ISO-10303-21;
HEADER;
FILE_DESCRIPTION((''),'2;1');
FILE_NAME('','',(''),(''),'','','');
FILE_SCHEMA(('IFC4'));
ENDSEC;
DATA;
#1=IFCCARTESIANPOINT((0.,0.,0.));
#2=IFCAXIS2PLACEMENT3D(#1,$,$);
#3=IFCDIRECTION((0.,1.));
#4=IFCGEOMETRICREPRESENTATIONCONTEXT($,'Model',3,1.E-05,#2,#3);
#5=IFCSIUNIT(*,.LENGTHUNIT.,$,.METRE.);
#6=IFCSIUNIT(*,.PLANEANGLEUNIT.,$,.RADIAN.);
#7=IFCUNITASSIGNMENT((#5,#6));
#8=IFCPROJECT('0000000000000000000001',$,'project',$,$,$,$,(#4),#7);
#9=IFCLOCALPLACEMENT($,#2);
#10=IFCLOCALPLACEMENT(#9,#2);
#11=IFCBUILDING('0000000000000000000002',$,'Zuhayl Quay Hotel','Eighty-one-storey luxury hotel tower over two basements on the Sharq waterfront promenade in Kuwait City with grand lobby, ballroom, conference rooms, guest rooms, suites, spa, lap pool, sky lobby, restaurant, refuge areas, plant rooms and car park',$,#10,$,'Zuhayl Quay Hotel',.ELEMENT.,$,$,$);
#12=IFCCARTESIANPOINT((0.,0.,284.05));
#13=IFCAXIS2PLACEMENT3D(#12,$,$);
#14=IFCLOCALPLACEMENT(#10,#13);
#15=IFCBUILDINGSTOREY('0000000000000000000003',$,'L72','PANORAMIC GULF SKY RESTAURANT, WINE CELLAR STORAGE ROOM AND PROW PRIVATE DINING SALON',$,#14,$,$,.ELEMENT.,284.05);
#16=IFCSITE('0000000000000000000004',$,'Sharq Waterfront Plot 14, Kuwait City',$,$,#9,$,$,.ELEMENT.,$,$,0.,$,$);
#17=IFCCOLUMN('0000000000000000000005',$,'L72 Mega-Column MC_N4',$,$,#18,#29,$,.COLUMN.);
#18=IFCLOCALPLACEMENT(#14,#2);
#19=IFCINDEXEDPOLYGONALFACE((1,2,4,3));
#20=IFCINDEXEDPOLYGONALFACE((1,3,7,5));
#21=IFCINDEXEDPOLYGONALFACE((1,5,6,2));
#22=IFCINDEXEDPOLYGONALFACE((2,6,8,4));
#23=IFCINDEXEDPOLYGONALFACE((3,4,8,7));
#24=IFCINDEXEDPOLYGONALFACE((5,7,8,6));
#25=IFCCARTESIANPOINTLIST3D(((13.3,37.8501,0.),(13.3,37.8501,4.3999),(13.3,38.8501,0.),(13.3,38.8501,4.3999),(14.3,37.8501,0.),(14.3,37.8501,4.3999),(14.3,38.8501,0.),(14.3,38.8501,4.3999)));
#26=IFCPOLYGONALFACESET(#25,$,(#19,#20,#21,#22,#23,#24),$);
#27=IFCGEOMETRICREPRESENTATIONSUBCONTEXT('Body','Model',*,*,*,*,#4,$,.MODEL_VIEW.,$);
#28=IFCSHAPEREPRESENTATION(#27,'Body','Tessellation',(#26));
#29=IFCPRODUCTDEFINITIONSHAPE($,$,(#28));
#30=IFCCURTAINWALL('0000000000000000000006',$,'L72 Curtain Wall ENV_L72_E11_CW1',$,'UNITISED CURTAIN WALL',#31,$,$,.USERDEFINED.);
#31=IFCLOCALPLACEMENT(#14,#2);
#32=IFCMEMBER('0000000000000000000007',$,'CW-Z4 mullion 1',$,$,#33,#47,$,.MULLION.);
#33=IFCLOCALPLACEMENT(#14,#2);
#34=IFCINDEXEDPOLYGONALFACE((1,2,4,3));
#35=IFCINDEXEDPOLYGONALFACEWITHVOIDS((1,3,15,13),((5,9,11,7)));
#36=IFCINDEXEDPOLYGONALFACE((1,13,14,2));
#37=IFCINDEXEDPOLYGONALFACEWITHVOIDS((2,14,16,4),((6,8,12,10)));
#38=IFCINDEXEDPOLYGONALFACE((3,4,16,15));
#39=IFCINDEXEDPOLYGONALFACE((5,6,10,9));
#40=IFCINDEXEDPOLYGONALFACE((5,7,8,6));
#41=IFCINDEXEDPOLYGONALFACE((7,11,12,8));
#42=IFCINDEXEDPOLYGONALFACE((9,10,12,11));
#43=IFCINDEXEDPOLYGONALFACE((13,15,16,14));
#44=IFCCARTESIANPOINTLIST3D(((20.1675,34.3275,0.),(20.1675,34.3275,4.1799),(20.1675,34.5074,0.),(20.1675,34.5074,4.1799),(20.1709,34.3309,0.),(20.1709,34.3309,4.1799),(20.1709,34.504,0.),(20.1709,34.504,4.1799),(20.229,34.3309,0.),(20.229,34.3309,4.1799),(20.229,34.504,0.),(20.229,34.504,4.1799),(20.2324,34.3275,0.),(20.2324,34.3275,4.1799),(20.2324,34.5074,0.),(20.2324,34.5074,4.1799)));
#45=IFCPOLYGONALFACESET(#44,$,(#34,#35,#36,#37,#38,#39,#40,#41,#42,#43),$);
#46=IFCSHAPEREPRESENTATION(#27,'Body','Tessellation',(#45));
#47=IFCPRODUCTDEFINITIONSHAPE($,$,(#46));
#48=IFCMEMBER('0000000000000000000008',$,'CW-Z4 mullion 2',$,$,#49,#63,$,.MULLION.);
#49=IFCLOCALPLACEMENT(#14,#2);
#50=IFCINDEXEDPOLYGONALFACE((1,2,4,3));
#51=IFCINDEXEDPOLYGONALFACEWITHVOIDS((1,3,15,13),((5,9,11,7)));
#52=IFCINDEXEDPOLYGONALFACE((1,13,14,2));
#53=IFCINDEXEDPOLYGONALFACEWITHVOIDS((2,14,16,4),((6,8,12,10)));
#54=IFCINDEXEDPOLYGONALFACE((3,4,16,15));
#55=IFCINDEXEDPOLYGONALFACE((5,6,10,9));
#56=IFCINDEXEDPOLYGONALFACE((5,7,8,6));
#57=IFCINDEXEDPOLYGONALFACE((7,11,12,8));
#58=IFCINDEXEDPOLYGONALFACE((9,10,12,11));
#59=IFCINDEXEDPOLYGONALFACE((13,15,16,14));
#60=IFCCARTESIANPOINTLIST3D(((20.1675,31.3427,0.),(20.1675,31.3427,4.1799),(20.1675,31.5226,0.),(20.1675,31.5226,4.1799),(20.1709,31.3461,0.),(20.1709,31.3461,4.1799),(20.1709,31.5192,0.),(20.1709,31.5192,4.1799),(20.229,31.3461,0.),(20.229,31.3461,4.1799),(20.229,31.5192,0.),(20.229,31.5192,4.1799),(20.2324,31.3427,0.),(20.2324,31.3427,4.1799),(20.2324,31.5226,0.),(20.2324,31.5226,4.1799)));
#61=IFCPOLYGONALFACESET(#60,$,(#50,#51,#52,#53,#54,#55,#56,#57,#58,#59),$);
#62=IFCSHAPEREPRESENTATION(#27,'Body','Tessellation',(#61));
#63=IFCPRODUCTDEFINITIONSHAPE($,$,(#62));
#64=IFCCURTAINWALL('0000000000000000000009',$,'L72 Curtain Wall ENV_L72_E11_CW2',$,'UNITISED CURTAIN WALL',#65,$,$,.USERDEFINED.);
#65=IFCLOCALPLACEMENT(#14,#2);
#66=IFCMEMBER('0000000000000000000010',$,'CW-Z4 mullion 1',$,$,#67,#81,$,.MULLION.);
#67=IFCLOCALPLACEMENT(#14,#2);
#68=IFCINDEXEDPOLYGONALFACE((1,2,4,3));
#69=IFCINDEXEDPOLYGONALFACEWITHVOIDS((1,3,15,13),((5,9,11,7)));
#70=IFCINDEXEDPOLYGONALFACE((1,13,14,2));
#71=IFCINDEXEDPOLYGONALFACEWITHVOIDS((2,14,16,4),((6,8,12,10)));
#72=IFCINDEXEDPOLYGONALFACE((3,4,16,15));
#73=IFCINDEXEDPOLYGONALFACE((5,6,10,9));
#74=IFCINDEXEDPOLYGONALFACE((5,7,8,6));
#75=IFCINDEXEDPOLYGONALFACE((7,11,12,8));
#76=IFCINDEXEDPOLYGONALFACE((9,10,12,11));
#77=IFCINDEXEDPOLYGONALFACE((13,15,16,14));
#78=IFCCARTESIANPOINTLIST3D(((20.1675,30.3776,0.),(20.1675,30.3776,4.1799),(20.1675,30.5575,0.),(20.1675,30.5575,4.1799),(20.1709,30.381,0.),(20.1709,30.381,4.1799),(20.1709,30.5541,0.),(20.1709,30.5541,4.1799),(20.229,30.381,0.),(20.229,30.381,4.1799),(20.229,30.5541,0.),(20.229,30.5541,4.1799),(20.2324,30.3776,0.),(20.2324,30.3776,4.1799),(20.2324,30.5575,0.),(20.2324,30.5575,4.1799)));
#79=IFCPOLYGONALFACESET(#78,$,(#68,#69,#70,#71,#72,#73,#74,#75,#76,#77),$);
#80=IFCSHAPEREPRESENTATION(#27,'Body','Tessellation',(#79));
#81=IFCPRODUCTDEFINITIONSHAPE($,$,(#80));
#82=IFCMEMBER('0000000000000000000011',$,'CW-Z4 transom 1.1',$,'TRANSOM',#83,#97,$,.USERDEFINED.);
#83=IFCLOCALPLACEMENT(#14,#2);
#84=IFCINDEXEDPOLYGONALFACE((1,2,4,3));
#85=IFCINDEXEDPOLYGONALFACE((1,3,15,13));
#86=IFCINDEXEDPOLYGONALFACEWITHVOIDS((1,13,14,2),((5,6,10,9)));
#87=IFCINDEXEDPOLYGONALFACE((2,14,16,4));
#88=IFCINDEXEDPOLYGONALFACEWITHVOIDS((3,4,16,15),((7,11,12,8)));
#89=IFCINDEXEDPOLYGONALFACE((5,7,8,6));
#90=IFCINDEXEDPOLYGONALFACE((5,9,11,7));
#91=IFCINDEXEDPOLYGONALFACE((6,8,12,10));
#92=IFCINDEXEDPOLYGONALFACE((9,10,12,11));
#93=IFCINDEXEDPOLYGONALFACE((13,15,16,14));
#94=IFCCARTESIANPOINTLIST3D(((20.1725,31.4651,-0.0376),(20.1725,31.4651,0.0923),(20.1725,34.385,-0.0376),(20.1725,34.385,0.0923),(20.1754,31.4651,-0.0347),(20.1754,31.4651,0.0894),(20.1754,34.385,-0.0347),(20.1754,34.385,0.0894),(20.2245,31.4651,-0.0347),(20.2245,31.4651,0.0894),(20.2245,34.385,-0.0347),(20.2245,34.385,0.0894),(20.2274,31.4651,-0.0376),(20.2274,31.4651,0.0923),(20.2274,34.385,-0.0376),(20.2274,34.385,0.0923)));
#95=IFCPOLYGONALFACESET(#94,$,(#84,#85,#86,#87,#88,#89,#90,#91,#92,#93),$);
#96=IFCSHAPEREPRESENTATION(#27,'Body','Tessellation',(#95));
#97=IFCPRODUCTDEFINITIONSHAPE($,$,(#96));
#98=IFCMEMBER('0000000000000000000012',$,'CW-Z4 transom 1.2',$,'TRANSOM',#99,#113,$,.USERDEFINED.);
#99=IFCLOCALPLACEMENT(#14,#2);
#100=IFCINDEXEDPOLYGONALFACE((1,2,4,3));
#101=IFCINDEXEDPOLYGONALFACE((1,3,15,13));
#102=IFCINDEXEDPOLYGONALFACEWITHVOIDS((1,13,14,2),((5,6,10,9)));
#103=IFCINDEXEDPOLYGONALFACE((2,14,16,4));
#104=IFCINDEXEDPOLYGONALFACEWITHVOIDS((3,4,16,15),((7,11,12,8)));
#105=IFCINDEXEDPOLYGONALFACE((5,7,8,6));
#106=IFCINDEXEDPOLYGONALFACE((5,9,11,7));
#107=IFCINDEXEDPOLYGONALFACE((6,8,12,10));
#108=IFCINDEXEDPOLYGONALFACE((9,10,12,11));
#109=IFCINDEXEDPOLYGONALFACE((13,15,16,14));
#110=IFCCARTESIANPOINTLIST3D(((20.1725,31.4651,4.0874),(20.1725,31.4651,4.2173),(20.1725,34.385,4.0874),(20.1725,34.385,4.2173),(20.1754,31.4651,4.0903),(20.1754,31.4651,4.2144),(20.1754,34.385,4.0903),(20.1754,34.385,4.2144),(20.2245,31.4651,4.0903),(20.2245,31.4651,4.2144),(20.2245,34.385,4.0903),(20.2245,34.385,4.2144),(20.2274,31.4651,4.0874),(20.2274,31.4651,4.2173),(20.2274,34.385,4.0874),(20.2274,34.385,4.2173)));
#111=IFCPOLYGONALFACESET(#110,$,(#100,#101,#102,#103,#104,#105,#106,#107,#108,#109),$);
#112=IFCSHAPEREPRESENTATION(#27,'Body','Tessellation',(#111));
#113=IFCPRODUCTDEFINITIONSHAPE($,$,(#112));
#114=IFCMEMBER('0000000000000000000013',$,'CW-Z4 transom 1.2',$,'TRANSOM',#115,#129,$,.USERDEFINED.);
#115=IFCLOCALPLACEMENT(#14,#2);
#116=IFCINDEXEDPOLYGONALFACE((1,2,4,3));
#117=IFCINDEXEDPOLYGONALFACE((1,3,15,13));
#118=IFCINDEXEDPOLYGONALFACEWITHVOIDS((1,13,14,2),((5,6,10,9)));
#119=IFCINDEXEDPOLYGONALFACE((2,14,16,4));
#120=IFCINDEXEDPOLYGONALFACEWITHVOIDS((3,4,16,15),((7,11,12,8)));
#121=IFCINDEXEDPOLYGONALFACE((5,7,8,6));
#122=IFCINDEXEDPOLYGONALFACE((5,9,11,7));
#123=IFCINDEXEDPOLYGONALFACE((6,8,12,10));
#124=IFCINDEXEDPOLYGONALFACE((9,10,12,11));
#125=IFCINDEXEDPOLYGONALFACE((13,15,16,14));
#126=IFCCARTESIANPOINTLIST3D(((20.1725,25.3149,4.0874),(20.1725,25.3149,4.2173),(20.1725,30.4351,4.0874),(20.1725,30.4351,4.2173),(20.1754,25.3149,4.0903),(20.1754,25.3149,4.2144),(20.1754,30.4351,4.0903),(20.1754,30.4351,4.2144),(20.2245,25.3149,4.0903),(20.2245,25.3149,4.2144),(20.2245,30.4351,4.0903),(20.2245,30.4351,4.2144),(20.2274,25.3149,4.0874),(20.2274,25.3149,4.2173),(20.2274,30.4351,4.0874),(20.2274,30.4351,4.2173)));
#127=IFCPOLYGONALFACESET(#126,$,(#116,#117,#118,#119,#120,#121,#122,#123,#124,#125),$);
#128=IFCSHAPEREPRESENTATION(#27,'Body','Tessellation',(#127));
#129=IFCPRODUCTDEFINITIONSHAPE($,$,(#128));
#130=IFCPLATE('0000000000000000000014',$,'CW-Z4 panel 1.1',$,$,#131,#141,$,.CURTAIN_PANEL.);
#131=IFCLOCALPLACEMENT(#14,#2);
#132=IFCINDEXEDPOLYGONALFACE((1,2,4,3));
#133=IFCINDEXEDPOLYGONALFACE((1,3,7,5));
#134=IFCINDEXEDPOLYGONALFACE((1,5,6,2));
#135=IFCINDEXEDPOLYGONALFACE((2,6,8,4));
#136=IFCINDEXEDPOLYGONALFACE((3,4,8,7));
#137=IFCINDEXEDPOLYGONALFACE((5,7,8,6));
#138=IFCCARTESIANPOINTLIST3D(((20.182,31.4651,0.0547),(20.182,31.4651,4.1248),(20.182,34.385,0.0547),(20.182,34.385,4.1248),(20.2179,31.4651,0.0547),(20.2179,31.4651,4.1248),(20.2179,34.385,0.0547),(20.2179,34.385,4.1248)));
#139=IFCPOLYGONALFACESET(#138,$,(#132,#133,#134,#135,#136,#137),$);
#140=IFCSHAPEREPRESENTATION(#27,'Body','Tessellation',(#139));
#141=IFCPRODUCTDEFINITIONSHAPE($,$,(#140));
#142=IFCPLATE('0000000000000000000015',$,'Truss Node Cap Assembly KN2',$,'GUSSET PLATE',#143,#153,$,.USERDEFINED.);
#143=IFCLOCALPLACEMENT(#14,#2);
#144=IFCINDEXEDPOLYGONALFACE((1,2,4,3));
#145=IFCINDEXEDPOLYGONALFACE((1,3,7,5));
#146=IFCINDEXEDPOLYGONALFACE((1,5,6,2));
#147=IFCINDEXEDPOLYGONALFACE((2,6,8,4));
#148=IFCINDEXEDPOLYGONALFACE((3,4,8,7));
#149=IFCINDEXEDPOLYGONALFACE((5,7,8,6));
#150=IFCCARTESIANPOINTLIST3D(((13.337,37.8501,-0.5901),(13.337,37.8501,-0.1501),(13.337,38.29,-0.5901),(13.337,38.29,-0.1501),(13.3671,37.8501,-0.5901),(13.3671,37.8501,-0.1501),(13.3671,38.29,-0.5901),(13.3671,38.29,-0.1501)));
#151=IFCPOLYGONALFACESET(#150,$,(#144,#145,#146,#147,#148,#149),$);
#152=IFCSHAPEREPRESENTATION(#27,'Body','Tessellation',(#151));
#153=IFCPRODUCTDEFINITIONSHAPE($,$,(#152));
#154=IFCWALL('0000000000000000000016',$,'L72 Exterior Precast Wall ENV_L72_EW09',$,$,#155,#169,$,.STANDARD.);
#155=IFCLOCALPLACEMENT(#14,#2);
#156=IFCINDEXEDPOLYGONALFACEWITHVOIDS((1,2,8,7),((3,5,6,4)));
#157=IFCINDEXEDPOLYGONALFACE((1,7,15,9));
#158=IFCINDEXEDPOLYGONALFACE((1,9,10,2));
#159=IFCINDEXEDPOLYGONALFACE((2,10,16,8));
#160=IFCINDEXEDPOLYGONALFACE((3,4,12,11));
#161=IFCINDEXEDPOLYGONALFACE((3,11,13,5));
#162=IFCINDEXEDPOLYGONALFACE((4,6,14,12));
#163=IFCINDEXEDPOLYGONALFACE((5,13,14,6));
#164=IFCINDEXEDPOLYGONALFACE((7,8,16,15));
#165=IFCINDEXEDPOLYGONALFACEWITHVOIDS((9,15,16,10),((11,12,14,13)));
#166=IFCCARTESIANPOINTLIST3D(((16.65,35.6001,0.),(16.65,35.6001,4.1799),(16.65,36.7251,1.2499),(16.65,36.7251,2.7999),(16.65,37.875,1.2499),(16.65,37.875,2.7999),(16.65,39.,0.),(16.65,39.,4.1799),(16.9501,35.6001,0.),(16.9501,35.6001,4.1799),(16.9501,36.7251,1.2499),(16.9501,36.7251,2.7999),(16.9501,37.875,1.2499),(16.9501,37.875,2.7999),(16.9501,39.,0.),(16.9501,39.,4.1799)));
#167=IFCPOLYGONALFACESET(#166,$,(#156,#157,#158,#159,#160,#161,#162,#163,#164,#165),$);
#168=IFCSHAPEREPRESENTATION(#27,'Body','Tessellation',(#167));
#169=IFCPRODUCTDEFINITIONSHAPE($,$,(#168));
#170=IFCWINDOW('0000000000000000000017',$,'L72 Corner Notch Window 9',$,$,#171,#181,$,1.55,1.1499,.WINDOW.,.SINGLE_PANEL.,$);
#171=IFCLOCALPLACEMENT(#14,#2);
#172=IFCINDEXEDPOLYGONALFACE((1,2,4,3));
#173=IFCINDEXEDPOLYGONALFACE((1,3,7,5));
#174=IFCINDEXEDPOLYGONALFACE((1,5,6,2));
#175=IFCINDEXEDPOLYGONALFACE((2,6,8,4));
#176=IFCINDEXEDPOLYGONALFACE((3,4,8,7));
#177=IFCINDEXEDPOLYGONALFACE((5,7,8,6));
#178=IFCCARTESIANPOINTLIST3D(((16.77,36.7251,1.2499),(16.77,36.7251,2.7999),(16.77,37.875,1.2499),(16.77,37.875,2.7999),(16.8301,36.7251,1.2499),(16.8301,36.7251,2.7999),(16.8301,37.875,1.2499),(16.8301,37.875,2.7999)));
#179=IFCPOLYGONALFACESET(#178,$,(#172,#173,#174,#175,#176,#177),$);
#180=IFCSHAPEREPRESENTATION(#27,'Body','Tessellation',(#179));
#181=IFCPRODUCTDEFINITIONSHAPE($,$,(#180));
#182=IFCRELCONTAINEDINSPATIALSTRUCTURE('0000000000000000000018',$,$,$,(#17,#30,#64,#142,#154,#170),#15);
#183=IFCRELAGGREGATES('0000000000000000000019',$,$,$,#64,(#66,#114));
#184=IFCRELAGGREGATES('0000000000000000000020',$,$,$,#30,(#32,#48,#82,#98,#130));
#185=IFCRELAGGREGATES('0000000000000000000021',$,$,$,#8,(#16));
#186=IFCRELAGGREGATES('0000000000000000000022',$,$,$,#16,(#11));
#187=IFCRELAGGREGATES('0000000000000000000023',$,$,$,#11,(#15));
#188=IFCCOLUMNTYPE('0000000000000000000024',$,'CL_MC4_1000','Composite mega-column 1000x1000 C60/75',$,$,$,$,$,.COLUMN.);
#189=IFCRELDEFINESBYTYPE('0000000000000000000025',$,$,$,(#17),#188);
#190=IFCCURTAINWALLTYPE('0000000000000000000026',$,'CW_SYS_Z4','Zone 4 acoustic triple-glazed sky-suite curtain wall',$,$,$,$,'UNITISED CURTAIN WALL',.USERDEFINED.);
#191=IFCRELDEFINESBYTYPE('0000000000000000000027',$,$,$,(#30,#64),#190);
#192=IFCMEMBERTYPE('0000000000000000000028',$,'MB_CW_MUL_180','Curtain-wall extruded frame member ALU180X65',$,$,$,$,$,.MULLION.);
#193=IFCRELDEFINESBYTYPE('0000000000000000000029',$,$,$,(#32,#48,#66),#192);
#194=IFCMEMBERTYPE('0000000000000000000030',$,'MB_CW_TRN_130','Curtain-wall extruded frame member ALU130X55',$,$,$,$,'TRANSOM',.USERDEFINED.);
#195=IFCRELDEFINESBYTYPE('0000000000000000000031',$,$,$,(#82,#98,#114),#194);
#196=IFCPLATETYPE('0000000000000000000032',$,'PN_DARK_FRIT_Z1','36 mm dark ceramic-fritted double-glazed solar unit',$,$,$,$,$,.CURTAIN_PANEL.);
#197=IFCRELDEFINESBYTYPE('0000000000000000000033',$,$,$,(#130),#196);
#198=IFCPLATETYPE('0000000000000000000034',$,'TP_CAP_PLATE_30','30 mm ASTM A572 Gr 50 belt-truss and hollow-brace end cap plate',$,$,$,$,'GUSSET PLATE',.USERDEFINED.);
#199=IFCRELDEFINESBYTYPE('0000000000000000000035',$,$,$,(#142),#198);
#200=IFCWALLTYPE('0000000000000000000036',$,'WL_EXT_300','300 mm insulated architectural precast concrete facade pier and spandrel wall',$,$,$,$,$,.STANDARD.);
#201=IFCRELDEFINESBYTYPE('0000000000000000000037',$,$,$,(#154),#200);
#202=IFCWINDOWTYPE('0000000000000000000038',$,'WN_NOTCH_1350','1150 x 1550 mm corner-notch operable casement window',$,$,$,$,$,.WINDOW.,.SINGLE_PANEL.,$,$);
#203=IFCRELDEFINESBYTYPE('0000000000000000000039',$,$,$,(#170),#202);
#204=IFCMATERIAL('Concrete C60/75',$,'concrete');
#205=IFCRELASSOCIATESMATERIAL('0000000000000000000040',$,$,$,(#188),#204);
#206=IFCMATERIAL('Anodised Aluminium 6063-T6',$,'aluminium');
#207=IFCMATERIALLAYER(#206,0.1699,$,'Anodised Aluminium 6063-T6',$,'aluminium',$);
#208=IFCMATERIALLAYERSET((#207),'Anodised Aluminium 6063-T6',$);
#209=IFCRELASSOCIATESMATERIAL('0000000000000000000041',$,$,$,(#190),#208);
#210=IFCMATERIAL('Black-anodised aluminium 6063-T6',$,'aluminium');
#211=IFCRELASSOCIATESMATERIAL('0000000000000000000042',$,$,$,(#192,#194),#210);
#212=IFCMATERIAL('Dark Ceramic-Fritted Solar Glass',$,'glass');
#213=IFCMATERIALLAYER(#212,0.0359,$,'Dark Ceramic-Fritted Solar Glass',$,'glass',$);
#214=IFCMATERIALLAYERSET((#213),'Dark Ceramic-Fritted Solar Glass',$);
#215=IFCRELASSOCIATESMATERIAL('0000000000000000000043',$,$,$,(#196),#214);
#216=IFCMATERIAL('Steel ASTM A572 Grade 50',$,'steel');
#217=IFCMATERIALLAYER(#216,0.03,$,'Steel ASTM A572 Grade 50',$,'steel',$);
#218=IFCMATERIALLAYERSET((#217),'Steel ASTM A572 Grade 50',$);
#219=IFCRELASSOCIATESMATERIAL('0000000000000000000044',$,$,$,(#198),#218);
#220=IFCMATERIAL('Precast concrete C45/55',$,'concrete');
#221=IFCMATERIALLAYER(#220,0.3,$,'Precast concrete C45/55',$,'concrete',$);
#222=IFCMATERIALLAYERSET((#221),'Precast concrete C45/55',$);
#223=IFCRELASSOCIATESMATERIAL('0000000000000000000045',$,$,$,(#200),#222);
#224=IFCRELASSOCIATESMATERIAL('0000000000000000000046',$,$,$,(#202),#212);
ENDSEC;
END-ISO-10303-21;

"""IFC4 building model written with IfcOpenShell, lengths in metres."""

from ifc_helpers import new_model, si_unit, direction, frame, frame_2d, origin, origin_2d, place, context, subcontext, project, spatial, rectangle, hollow_rectangle, extrude, material, layer, layer_set, material_profile, profile_set, type_object, element, fill, aggregate, save


model = new_model("IFC4")

# Units and contexts
model_context = context("Model", 3, precision=1e-05, world=origin(), true_north=direction((0.0, 1.0)))
body_context = subcontext(model_context, "Body", "Model", "MODEL_VIEW")
ifc_project = project(units=[si_unit("LENGTHUNIT", "METRE"), si_unit("PLANEANGLEUNIT", "RADIAN")], contexts=[model_context])

# Site, building, storey
site_placement = place(None, origin())
site = spatial("IfcSite", under=ifc_project, at=site_placement, Name="Sharq Waterfront Plot 14, Kuwait City", CompositionType="ELEMENT", RefElevation=0.0)
building_placement = place(site_placement, origin())
building = spatial("IfcBuilding", under=site, at=building_placement, Name="Zuhayl Quay Hotel", Description="Eighty-one-storey luxury hotel tower over two basements on the Sharq waterfront promenade in Kuwait City with grand lobby, ballroom, conference rooms, guest rooms, suites, spa, lap pool, sky lobby, restaurant, refuge areas, plant rooms and car park", LongName="Zuhayl Quay Hotel", CompositionType="ELEMENT")
storey_placement = place(building_placement, frame((0.0, 0.0, 284.05)))
storey = spatial("IfcBuildingStorey", under=building, at=storey_placement, Name="L72", Description="PANORAMIC GULF SKY RESTAURANT, WINE CELLAR STORAGE ROOM AND PROW PRIVATE DINING SALON", CompositionType="ELEMENT", Elevation=284.05)

# Column
ifc_material_1 = material(Name="Concrete C60/75", Category="concrete")
ifc_material_profile_1 = material_profile(ifc_material_1, rectangle(XDim=1.0, YDim=1.0, at=origin_2d()), Name="RC1000X1000")
ifc_profile_set_1 = profile_set([ifc_material_profile_1], Name="Concrete C60/75")
column_type = type_object("IfcColumnType", Name="CL_MC4_1000", Description="Composite mega-column 1000x1000 C60/75", PredefinedType="COLUMN", material=ifc_profile_set_1)
column_placement = place(storey_placement, frame((13.8, 38.3501, 0.0), z_axis=(0.0, 0.0, 1.0), x_axis=(1.0, 0.0, 0.0)))
element("IfcColumn", 1, at=column_placement, inside=storey, type_object=column_type, Name="L72 Mega-Column MC_N4", PredefinedType="COLUMN", context=body_context, shape_type="SweptSolid", body=[
    extrude(rectangle(XDim=1.0, YDim=1.0, at=origin_2d()), origin(), (0.0, 0.0, 1.0), 4.3999),
])

# Curtain wall, members
ifc_material_2 = material(Name="Anodised Aluminium 6063-T6", Category="aluminium")
ifc_layer_1 = layer(ifc_material_2, 0.1699, Name="Anodised Aluminium 6063-T6", Category="aluminium")
ifc_layer_set_1 = layer_set([ifc_layer_1], Name="Anodised Aluminium 6063-T6")
curtain_wall_type = type_object("IfcCurtainWallType", Name="CW_SYS_Z4", Description="Zone 4 acoustic triple-glazed sky-suite curtain wall", ElementType="UNITISED CURTAIN WALL", PredefinedType="USERDEFINED", material=ifc_layer_set_1)
curtain_wall_1_placement = place(storey_placement, origin())
curtain_wall_1 = element("IfcCurtainWall", 2, at=curtain_wall_1_placement, inside=storey, type_object=curtain_wall_type, Name="L72 Curtain Wall ENV_L72_E11_CW1", ObjectType="UNITISED CURTAIN WALL", PredefinedType="USERDEFINED")
ifc_material_3 = material(Name="Black-anodised aluminium 6063-T6", Category="aluminium")
ifc_material_profile_2 = material_profile(ifc_material_3, hollow_rectangle(XDim=0.0649, YDim=0.1799, WallThickness=0.0034, at=origin_2d()), Name="ALU180X65")
ifc_profile_set_2 = profile_set([ifc_material_profile_2], Name="Black-anodised aluminium 6063-T6")
member_type_1 = type_object("IfcMemberType", Name="MB_CW_MUL_180", Description="Curtain-wall extruded frame member ALU180X65", PredefinedType="MULLION", material=ifc_profile_set_2)
member_1_placement = place(storey_placement, frame((20.2, 34.4175, 0.0), z_axis=(0.0, 0.0, 1.0), x_axis=(1.0, 0.0, 0.0)))
member_1 = element("IfcMember", 3, at=member_1_placement, type_object=member_type_1, Name="CW-Z4 mullion 1", PredefinedType="MULLION", context=body_context, shape_type="SweptSolid", body=[
    extrude(hollow_rectangle(XDim=0.0649, YDim=0.1799, WallThickness=0.0034, at=origin_2d()), origin(), (0.0, 0.0, 1.0), 4.1799),
])
member_2_placement = place(storey_placement, frame((20.2, 31.4326, 0.0), z_axis=(0.0, 0.0, 1.0), x_axis=(1.0, 0.0, 0.0)))
member_2 = element("IfcMember", 4, at=member_2_placement, type_object=member_type_1, Name="CW-Z4 mullion 2", PredefinedType="MULLION", context=body_context, shape_type="SweptSolid", body=[
    extrude(hollow_rectangle(XDim=0.0649, YDim=0.1799, WallThickness=0.0034, at=origin_2d()), origin(), (0.0, 0.0, 1.0), 4.1799),
])

# Curtain wall, member
curtain_wall_2_placement = place(storey_placement, origin())
curtain_wall_2 = element("IfcCurtainWall", 5, at=curtain_wall_2_placement, inside=storey, type_object=curtain_wall_type, Name="L72 Curtain Wall ENV_L72_E11_CW2", ObjectType="UNITISED CURTAIN WALL", PredefinedType="USERDEFINED")
member_3_placement = place(storey_placement, frame((20.2, 30.4675, 0.0), z_axis=(0.0, 0.0, 1.0), x_axis=(1.0, 0.0, 0.0)))
member_3 = element("IfcMember", 6, at=member_3_placement, type_object=member_type_1, Name="CW-Z4 mullion 1", PredefinedType="MULLION", context=body_context, shape_type="SweptSolid", body=[
    extrude(hollow_rectangle(XDim=0.0649, YDim=0.1799, WallThickness=0.0034, at=origin_2d()), origin(), (0.0, 0.0, 1.0), 4.1799),
])

# Members
ifc_material_profile_3 = material_profile(ifc_material_3, hollow_rectangle(XDim=0.0549, YDim=0.1299, WallThickness=0.0029, at=origin_2d()), Name="ALU130X55")
ifc_profile_set_3 = profile_set([ifc_material_profile_3], Name="Black-anodised aluminium 6063-T6")
member_type_2 = type_object("IfcMemberType", Name="MB_CW_TRN_130", Description="Curtain-wall extruded frame member ALU130X55", ElementType="TRANSOM", PredefinedType="USERDEFINED", material=ifc_profile_set_3)
member_4_placement = place(storey_placement, frame((20.2, 34.385, 0.0273), z_axis=(0.0, -1.0, 0.0), x_axis=(1.0, 0.0, 0.0)))
member_4 = element("IfcMember", 7, at=member_4_placement, type_object=member_type_2, Name="CW-Z4 transom 1.1", ObjectType="TRANSOM", PredefinedType="USERDEFINED", context=body_context, shape_type="SweptSolid", body=[
    extrude(hollow_rectangle(XDim=0.0549, YDim=0.1299, WallThickness=0.0029, at=origin_2d()), origin(), (0.0, 0.0, 1.0), 2.9199),
])
member_5_placement = place(storey_placement, frame((20.2, 34.385, 4.1523), z_axis=(0.0, -1.0, 0.0), x_axis=(1.0, 0.0, 0.0)))
member_5 = element("IfcMember", 8, at=member_5_placement, type_object=member_type_2, Name="CW-Z4 transom 1.2", ObjectType="TRANSOM", PredefinedType="USERDEFINED", context=body_context, shape_type="SweptSolid", body=[
    extrude(hollow_rectangle(XDim=0.0549, YDim=0.1299, WallThickness=0.0029, at=origin_2d()), origin(), (0.0, 0.0, 1.0), 2.9199),
])
member_6_placement = place(storey_placement, frame((20.2, 30.4351, 4.1523), z_axis=(0.0, -1.0, 0.0), x_axis=(1.0, 0.0, 0.0)))
member_6 = element("IfcMember", 9, at=member_6_placement, type_object=member_type_2, Name="CW-Z4 transom 1.2", ObjectType="TRANSOM", PredefinedType="USERDEFINED", context=body_context, shape_type="SweptSolid", body=[
    extrude(hollow_rectangle(XDim=0.0549, YDim=0.1299, WallThickness=0.0029, at=origin_2d()), origin(), (0.0, 0.0, 1.0), 5.1201),
])
aggregate(curtain_wall_2, [member_3, member_6])

# Plates
ifc_material_4 = material(Name="Dark Ceramic-Fritted Solar Glass", Category="glass")
ifc_layer_2 = layer(ifc_material_4, 0.0359, Name="Dark Ceramic-Fritted Solar Glass", Category="glass")
ifc_layer_set_2 = layer_set([ifc_layer_2], Name="Dark Ceramic-Fritted Solar Glass")
plate_type_1 = type_object("IfcPlateType", Name="PN_DARK_FRIT_Z1", Description="36 mm dark ceramic-fritted double-glazed solar unit", PredefinedType="CURTAIN_PANEL", material=ifc_layer_set_2)
plate_1_placement = place(storey_placement, frame((20.2, 32.925, 0.0547), z_axis=(0.0, 0.0, 1.0), x_axis=(0.0, -1.0, 0.0)))
plate_1 = element("IfcPlate", 10, at=plate_1_placement, type_object=plate_type_1, Name="CW-Z4 panel 1.1", PredefinedType="CURTAIN_PANEL", context=body_context, shape_type="SweptSolid", body=[
    extrude(rectangle(XDim=2.9199, YDim=0.0359, at=origin_2d()), origin(), (0.0, 0.0, 1.0), 4.0701),
])
aggregate(curtain_wall_1, [member_1, member_2, member_4, member_5, plate_1])
ifc_material_5 = material(Name="Steel ASTM A572 Grade 50", Category="steel")
ifc_layer_3 = layer(ifc_material_5, 0.03, Name="Steel ASTM A572 Grade 50", Category="steel")
ifc_layer_set_3 = layer_set([ifc_layer_3], Name="Steel ASTM A572 Grade 50")
plate_type_2 = type_object("IfcPlateType", Name="TP_CAP_PLATE_30", Description="30 mm ASTM A572 Gr 50 belt-truss and hollow-brace end cap plate", ElementType="GUSSET PLATE", PredefinedType="USERDEFINED", material=ifc_layer_set_3)
plate_2_placement = place(storey_placement, frame((13.3521, 38.0701, -0.5901), z_axis=(0.0, 0.0, 1.0), x_axis=(1.0, 0.0, 0.0)))
element("IfcPlate", 11, at=plate_2_placement, inside=storey, type_object=plate_type_2, Name="Truss Node Cap Assembly KN2", ObjectType="GUSSET PLATE", PredefinedType="USERDEFINED", context=body_context, shape_type="SweptSolid", body=[
    extrude(rectangle(XDim=0.03, YDim=0.4399, at=origin_2d()), origin(), (0.0, 0.0, 1.0), 0.4399),
])

# Wall, opening, window
ifc_material_6 = material(Name="Precast concrete C45/55", Category="concrete")
ifc_layer_4 = layer(ifc_material_6, 0.3, Name="Precast concrete C45/55", Category="concrete")
ifc_layer_set_4 = layer_set([ifc_layer_4], Name="Precast concrete C45/55")
wall_type_1 = type_object("IfcWallType", Name="WL_EXT_300", Description="300 mm insulated architectural precast concrete facade pier and spandrel wall", PredefinedType="STANDARD", material=ifc_layer_set_4)
wall_1_placement = place(storey_placement, frame((16.8, 39.0, 0.0), z_axis=(0.0, 0.0, 1.0), x_axis=(0.0, -1.0, 0.0)))
wall_1 = element("IfcWall", 12, at=wall_1_placement, inside=storey, type_object=wall_type_1, Name="L72 Exterior Precast Wall ENV_L72_EW09", PredefinedType="STANDARD", context=body_context, shape_type="SweptSolid", body=[
    extrude(rectangle(XDim=3.3999, YDim=0.3, at=frame_2d((1.7, 0.0))), origin(), (0.0, 0.0, 1.0), 4.1799),
])
opening_1_placement = place(wall_1_placement, frame((1.125, 0.0, 1.25)))
opening_1 = element("IfcOpeningElement", 13, at=opening_1_placement, cuts=wall_1, PredefinedType="OPENING", context=body_context, shape_type="SweptSolid", body=[
    extrude(rectangle(XDim=1.1499, YDim=1.55, at=frame_2d((0.575, 0.7749))), frame((0.0, 0.1599, 0.0), z_axis=(0.0, -1.0, 0.0), x_axis=(1.0, 0.0, 0.0)), (0.0, 0.0, 1.0), 0.3201),
])
window_type = type_object("IfcWindowType", Name="WN_NOTCH_1350", Description="1150 x 1550 mm corner-notch operable casement window", PartitioningType="SINGLE_PANEL", PredefinedType="WINDOW", material=ifc_material_4)
window_1_placement = place(opening_1_placement, origin())
window_1 = element("IfcWindow", 14, at=window_1_placement, inside=storey, type_object=window_type, Name="L72 Corner Notch Window 9", OverallHeight=1.55, OverallWidth=1.1499, PartitioningType="SINGLE_PANEL", PredefinedType="WINDOW", context=body_context, shape_type="SweptSolid", body=[
    extrude(rectangle(XDim=1.1499, YDim=1.55, at=frame_2d((0.575, 0.7749))), frame((0.0, 0.03, 0.0), z_axis=(0.0, -1.0, 0.0), x_axis=(1.0, 0.0, 0.0)), (0.0, 0.0, 1.0), 0.0601),
])
fill(opening_1, window_1)

save(model, "model.ifc")
